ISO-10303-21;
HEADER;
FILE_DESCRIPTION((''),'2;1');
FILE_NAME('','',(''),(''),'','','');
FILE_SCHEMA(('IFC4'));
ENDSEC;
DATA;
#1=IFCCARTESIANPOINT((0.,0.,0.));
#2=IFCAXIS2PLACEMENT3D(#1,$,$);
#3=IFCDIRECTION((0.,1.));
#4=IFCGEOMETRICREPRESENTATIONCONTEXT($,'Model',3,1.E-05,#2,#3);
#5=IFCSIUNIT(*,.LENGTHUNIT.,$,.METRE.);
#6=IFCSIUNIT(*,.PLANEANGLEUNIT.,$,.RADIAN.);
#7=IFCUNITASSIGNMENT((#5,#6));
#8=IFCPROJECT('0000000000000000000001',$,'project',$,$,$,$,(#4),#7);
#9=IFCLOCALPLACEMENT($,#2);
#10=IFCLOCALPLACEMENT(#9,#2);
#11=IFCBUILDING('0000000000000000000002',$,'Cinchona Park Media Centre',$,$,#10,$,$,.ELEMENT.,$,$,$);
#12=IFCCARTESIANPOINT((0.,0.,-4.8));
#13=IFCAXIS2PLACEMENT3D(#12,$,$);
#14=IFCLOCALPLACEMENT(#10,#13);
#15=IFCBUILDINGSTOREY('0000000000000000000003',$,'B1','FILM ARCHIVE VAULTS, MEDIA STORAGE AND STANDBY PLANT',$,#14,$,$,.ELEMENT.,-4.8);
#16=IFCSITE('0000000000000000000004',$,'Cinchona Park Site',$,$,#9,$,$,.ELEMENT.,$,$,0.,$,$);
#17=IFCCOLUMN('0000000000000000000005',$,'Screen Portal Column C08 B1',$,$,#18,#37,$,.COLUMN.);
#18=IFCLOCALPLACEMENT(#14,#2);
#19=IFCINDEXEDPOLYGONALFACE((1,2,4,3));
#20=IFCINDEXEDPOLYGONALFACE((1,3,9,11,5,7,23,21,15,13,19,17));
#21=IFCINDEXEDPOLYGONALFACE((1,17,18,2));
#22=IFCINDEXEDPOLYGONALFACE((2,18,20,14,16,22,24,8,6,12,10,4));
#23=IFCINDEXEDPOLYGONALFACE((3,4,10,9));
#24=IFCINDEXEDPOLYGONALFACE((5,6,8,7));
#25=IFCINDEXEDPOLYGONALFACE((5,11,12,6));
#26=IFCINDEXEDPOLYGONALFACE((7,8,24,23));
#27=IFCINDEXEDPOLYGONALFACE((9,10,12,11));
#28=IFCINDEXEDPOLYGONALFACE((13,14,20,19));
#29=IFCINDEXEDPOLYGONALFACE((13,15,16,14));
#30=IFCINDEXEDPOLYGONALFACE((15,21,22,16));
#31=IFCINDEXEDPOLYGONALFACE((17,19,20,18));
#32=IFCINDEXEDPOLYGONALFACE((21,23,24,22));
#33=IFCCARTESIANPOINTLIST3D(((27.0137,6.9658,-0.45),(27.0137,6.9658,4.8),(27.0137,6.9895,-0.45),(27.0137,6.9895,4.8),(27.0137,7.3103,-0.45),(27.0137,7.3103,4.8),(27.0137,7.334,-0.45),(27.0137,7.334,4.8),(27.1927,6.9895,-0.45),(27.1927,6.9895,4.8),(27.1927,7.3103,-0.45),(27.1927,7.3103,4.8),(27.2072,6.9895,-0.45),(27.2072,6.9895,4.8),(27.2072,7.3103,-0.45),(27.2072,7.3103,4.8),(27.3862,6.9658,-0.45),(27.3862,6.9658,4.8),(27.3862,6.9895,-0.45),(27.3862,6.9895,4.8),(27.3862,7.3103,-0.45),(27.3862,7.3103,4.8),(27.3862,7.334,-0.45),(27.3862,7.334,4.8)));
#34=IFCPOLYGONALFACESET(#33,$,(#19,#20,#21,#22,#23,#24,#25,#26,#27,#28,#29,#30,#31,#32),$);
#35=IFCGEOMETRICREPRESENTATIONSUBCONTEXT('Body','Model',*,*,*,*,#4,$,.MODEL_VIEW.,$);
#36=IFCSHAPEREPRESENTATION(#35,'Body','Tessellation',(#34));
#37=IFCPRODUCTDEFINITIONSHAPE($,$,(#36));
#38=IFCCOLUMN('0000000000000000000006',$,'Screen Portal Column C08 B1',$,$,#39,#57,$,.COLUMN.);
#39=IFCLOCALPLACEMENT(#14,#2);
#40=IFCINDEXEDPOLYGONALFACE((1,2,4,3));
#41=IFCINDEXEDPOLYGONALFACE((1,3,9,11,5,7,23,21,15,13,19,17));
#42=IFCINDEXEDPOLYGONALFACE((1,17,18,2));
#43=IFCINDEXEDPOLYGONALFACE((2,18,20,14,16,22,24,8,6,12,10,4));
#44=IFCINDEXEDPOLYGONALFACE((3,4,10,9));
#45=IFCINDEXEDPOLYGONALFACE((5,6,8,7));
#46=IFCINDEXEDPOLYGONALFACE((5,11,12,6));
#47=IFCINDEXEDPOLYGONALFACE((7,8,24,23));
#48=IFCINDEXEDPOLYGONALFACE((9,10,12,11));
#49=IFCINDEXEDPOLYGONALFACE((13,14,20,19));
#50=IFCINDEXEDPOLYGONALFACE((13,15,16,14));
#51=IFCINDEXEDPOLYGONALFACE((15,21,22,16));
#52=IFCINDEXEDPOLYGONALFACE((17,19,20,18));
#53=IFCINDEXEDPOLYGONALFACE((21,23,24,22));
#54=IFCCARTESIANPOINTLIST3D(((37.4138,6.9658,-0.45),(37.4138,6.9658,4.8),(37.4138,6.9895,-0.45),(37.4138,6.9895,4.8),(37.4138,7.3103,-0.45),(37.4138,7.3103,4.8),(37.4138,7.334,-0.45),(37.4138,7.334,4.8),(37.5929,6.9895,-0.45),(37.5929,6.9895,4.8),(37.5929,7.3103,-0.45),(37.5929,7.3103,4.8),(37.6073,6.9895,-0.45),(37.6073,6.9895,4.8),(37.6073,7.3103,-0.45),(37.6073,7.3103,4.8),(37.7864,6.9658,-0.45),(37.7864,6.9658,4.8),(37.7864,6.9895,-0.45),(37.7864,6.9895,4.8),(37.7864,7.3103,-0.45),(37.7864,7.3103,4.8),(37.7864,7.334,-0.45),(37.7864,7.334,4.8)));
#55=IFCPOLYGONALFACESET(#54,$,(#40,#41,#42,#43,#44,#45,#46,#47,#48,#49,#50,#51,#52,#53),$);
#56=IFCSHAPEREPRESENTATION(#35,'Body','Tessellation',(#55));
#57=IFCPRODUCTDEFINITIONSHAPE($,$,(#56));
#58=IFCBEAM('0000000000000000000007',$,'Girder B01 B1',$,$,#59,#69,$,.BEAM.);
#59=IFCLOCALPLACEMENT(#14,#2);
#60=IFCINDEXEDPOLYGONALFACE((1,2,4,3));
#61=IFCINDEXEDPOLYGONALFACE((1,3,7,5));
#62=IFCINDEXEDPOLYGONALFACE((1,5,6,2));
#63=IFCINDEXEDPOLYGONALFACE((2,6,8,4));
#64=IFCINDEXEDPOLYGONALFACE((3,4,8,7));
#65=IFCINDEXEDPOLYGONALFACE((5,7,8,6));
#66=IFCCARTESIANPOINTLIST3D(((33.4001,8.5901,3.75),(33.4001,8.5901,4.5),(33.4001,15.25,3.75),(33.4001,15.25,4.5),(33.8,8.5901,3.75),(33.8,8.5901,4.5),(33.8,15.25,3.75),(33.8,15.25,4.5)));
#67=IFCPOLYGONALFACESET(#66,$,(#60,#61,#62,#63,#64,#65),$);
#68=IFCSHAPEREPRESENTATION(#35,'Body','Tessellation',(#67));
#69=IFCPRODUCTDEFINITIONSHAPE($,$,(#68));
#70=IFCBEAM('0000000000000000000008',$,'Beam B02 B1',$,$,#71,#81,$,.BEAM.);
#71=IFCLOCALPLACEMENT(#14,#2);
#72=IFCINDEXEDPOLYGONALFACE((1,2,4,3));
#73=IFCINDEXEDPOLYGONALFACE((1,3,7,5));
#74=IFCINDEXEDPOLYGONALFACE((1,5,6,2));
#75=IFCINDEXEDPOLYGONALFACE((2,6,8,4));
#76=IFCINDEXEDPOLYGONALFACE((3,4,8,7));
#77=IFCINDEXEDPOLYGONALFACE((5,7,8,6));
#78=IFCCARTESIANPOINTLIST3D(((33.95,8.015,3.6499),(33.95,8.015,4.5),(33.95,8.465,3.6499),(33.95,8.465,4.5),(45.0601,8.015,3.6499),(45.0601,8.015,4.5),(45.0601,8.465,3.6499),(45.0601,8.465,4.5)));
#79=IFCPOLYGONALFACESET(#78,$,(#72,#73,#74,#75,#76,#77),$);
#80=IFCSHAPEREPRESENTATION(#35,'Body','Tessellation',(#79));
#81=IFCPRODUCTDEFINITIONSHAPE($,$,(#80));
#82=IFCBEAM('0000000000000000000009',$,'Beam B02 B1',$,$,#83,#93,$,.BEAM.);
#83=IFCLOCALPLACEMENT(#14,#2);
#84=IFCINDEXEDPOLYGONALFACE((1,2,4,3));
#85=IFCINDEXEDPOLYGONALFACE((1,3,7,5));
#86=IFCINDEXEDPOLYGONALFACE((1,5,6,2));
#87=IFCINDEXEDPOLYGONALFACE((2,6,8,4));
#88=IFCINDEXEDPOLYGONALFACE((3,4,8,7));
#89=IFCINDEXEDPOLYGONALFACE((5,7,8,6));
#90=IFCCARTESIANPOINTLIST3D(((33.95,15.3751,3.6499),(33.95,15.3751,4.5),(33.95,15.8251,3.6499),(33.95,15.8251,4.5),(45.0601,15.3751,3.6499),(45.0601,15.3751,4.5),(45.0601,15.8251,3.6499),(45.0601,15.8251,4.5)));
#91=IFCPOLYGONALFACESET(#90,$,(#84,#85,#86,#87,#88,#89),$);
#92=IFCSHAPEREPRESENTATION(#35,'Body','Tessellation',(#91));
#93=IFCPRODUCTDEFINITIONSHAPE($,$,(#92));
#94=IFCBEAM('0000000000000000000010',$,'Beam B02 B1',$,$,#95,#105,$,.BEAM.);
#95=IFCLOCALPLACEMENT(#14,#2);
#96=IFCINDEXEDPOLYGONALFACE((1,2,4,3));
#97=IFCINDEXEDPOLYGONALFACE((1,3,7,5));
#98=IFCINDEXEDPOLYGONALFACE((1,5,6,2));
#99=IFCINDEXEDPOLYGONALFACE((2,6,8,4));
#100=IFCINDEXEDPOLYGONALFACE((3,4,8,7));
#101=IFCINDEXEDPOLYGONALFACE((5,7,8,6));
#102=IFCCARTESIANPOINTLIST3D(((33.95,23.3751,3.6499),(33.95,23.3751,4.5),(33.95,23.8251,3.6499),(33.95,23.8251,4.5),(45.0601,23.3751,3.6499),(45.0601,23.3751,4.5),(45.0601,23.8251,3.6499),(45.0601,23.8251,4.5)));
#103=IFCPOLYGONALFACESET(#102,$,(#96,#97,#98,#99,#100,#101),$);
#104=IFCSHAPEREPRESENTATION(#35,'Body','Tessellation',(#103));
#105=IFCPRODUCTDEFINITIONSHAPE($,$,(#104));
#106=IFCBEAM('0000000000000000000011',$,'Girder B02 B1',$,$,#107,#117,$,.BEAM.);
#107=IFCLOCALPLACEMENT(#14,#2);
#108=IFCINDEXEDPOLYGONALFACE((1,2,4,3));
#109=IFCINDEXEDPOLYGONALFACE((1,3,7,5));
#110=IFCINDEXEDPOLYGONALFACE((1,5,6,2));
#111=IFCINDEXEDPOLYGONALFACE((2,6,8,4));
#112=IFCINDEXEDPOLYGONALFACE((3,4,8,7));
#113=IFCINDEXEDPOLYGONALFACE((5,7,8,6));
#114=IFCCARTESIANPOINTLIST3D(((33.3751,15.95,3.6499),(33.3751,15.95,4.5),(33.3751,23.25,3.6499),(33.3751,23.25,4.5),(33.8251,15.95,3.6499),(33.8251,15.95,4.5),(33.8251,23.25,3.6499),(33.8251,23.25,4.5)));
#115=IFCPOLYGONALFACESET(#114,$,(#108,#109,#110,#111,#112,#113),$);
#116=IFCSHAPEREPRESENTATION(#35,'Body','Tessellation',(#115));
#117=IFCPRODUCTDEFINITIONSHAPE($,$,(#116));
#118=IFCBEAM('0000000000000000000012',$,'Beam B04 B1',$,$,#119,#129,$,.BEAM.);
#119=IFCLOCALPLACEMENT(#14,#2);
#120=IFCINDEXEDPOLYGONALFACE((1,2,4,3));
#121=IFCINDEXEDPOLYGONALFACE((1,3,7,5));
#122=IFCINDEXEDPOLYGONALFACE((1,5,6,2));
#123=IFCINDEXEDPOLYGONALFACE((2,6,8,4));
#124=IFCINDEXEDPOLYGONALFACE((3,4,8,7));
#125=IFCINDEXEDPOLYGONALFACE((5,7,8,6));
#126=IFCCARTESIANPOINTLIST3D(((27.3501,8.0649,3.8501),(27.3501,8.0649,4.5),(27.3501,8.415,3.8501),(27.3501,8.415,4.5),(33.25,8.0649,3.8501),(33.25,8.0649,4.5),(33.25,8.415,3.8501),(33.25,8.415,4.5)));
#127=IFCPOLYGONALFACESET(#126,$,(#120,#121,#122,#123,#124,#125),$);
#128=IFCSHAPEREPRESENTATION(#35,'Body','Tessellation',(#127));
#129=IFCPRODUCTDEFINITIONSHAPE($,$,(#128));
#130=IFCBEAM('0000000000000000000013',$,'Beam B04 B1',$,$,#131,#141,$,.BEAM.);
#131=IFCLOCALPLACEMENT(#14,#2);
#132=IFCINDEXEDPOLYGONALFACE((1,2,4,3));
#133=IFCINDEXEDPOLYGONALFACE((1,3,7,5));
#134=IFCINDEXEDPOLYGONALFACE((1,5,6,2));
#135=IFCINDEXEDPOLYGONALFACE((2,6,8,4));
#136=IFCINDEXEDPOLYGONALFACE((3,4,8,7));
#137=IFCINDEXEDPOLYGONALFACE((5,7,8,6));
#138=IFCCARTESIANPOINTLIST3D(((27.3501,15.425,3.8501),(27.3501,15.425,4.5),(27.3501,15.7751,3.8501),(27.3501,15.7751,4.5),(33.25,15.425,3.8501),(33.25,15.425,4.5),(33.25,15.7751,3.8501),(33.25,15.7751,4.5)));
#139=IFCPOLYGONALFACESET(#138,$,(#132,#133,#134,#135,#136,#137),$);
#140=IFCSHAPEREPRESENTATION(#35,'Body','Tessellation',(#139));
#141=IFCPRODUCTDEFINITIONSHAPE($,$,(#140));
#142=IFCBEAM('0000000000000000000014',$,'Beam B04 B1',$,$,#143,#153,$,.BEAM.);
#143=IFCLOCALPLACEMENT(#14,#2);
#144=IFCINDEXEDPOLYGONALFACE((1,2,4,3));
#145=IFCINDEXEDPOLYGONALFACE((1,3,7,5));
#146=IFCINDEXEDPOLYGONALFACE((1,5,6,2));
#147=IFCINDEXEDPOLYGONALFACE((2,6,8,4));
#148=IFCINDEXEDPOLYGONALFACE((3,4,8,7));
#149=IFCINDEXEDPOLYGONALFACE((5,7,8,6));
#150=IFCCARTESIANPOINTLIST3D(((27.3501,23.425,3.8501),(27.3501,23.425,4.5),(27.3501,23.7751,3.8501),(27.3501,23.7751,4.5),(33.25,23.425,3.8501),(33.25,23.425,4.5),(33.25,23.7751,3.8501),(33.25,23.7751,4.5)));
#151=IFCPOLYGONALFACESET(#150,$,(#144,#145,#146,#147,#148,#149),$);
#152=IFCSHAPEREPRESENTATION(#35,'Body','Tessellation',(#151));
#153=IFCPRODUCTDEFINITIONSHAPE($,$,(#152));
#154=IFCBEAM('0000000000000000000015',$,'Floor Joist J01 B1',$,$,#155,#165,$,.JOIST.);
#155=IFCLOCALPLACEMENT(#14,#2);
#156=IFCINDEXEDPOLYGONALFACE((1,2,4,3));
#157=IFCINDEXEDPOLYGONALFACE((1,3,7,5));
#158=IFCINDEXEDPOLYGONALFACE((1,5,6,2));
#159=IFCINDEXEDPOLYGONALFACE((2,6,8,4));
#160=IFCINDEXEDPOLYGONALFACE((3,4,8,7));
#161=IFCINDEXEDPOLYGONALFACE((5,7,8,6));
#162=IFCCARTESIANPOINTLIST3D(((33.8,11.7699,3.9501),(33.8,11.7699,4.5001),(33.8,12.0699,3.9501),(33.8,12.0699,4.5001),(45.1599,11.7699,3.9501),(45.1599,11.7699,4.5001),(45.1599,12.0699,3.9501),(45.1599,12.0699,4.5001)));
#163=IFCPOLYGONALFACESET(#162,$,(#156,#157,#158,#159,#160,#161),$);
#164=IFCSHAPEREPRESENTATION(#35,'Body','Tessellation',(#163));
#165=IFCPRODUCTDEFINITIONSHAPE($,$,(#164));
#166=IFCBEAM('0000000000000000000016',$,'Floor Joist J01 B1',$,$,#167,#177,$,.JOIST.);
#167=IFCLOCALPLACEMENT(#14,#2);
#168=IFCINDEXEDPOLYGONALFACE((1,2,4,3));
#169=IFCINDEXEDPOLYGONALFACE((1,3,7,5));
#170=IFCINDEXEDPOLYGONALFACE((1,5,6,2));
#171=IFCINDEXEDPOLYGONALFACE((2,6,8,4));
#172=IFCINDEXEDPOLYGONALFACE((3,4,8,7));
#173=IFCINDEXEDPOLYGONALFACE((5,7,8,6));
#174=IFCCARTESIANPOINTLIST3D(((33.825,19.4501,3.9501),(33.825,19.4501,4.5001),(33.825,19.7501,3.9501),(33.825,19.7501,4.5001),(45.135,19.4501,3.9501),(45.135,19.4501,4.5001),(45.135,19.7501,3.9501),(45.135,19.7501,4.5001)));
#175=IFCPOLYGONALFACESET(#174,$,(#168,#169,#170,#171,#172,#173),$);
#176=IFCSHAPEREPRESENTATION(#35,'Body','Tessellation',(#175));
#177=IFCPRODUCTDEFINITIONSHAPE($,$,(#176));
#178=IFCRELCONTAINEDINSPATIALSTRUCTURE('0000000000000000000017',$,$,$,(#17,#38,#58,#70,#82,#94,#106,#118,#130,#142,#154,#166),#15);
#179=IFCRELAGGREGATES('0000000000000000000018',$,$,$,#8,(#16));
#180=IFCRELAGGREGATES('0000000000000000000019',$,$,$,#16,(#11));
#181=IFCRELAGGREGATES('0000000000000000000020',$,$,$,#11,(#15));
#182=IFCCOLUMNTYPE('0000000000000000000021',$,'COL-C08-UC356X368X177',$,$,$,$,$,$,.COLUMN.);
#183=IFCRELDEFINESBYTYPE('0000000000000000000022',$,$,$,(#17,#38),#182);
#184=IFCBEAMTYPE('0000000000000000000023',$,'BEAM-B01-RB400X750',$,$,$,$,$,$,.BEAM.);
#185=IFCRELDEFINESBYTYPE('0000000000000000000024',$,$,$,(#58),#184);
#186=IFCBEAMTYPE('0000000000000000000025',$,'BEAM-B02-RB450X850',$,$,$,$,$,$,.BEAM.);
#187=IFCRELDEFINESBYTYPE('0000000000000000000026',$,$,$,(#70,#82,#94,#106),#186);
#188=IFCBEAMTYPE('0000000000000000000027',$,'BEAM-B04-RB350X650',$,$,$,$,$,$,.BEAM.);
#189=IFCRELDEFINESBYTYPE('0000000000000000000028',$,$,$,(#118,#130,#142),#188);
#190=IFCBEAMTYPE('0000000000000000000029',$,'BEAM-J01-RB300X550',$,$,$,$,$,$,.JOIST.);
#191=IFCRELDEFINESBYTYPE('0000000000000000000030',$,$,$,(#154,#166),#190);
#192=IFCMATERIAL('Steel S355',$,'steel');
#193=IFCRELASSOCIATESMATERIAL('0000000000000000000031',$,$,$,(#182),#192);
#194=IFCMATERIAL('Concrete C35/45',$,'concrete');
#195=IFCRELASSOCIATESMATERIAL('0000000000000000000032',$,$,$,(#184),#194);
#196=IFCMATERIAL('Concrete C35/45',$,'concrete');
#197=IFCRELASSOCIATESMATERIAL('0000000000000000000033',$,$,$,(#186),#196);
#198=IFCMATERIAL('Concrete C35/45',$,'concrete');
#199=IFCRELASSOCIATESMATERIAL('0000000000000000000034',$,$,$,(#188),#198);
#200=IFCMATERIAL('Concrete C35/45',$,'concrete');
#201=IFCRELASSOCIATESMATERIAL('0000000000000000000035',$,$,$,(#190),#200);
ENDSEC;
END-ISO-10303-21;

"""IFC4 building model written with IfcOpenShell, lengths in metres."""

from ifc_helpers import new_model, si_unit, direction, frame, origin, origin_2d, place, context, subcontext, project, spatial, rectangle, i_section, extrude, material, material_profile, profile_set, type_object, element, save


model = new_model("IFC4")

# Units and contexts
model_context = context("Model", 3, precision=1e-05, world=origin(), true_north=direction((0.0, 1.0)))
body_context = subcontext(model_context, "Body", "Model", "MODEL_VIEW")
ifc_project = project(units=[si_unit("LENGTHUNIT", "METRE"), si_unit("PLANEANGLEUNIT", "RADIAN")], contexts=[model_context])

# Site, building, storey
site_placement = place(None, origin())
site = spatial("IfcSite", under=ifc_project, at=site_placement, Name="Cinchona Park Site", CompositionType="ELEMENT", RefElevation=0.0)
building_placement = place(site_placement, origin())
building = spatial("IfcBuilding", under=site, at=building_placement, Name="Cinchona Park Media Centre", CompositionType="ELEMENT")
storey_placement = place(building_placement, frame((0.0, 0.0, -4.8)))
storey = spatial("IfcBuildingStorey", under=building, at=storey_placement, Name="B1", Description="FILM ARCHIVE VAULTS, MEDIA STORAGE AND STANDBY PLANT", CompositionType="ELEMENT", Elevation=-4.8)

# Columns
ifc_material_1 = material(Name="Steel S355", Category="steel")
ifc_material_profile_1 = material_profile(ifc_material_1, i_section(OverallWidth=0.3726, OverallDepth=0.3682, WebThickness=0.0144, FlangeThickness=0.0237, at=origin_2d()), Name="UC356X368X177")
ifc_profile_set_1 = profile_set([ifc_material_profile_1], Name="Steel S355")
column_type_1 = type_object("IfcColumnType", Name="COL-C08-UC356X368X177", PredefinedType="COLUMN", material=ifc_profile_set_1)
for number, where, z_axis, x_axis, name in (
    (1, (27.2, 7.1499, -0.45), (0.0, 0.0, 1.0), (1.0, 0.0, 0.0), "Screen Portal Column C08 B1"),
    (2, (37.6001, 7.1499, -0.45), (0.0, 0.0, 1.0), (1.0, 0.0, 0.0), "Screen Portal Column C08 B1"),
):
    element("IfcColumn", number, at=place(storey_placement, frame(where, z_axis=z_axis, x_axis=x_axis)), inside=storey, type_object=column_type_1, Name=name, PredefinedType="COLUMN", context=body_context, shape_type="SweptSolid", body=[
        extrude(i_section(OverallWidth=0.3726, OverallDepth=0.3682, WebThickness=0.0144, FlangeThickness=0.0237, at=origin_2d()), origin(), (0.0, 0.0, 1.0), 5.25),
    ])

# Beams
ifc_material_2 = material(Name="Concrete C35/45", Category="concrete")
ifc_material_profile_2 = material_profile(ifc_material_2, rectangle(XDim=0.3999, YDim=0.75, at=origin_2d()), Name="RB 400X750")
ifc_profile_set_2 = profile_set([ifc_material_profile_2], Name="Concrete C35/45")
beam_type_1 = type_object("IfcBeamType", Name="BEAM-B01-RB400X750", PredefinedType="BEAM", material=ifc_profile_set_2)
beam_1_placement = place(storey_placement, frame((33.6001, 8.5901, 4.125), z_axis=(0.0, 1.0, 0.0), x_axis=(-1.0, 0.0, 0.0)))
element("IfcBeam", 3, at=beam_1_placement, inside=storey, type_object=beam_type_1, Name="Girder B01 B1", PredefinedType="BEAM", context=body_context, shape_type="SweptSolid", body=[
    extrude(rectangle(XDim=0.3999, YDim=0.75, at=origin_2d()), origin(), (0.0, 0.0, 1.0), 6.6599),
])
ifc_material_3 = material(Name="Concrete C35/45", Category="concrete")
ifc_material_profile_3 = material_profile(ifc_material_3, rectangle(XDim=0.45, YDim=0.8501, at=origin_2d()), Name="RB 450X850")
ifc_profile_set_3 = profile_set([ifc_material_profile_3], Name="Concrete C35/45")
beam_type_2 = type_object("IfcBeamType", Name="BEAM-B02-RB450X850", PredefinedType="BEAM", material=ifc_profile_set_3)
for number, where, z_axis, x_axis, name in (
    (4, (33.95, 8.24, 4.075), (1.0, 0.0, 0.0), (0.0, 1.0, 0.0), "Beam B02 B1"),
    (5, (33.95, 15.6001, 4.075), (1.0, 0.0, 0.0), (0.0, 1.0, 0.0), "Beam B02 B1"),
    (6, (33.95, 23.6001, 4.075), (1.0, 0.0, 0.0), (0.0, 1.0, 0.0), "Beam B02 B1"),
):
    element("IfcBeam", number, at=place(storey_placement, frame(where, z_axis=z_axis, x_axis=x_axis)), inside=storey, type_object=beam_type_2, Name=name, PredefinedType="BEAM", context=body_context, shape_type="SweptSolid", body=[
        extrude(rectangle(XDim=0.45, YDim=0.8501, at=origin_2d()), origin(), (0.0, 0.0, 1.0), 11.1101),
    ])
beam_2_placement = place(storey_placement, frame((33.6001, 15.95, 4.075), z_axis=(0.0, 1.0, 0.0), x_axis=(-1.0, 0.0, 0.0)))
element("IfcBeam", 7, at=beam_2_placement, inside=storey, type_object=beam_type_2, Name="Girder B02 B1", PredefinedType="BEAM", context=body_context, shape_type="SweptSolid", body=[
    extrude(rectangle(XDim=0.45, YDim=0.8501, at=origin_2d()), origin(), (0.0, 0.0, 1.0), 7.3),
])
ifc_material_4 = material(Name="Concrete C35/45", Category="concrete")
ifc_material_profile_4 = material_profile(ifc_material_4, rectangle(XDim=0.3501, YDim=0.6499, at=origin_2d()), Name="RB 350X650")
ifc_profile_set_4 = profile_set([ifc_material_profile_4], Name="Concrete C35/45")
beam_type_3 = type_object("IfcBeamType", Name="BEAM-B04-RB350X650", PredefinedType="BEAM", material=ifc_profile_set_4)
for number, where, z_axis, x_axis, name in (
    (8, (27.3501, 8.24, 4.175), (1.0, 0.0, 0.0), (0.0, 1.0, 0.0), "Beam B04 B1"),
    (9, (27.3501, 15.6001, 4.175), (1.0, 0.0, 0.0), (0.0, 1.0, 0.0), "Beam B04 B1"),
    (10, (27.3501, 23.6001, 4.175), (1.0, 0.0, 0.0), (0.0, 1.0, 0.0), "Beam B04 B1"),
):
    element("IfcBeam", number, at=place(storey_placement, frame(where, z_axis=z_axis, x_axis=x_axis)), inside=storey, type_object=beam_type_3, Name=name, PredefinedType="BEAM", context=body_context, shape_type="SweptSolid", body=[
        extrude(rectangle(XDim=0.3501, YDim=0.6499, at=origin_2d()), origin(), (0.0, 0.0, 1.0), 5.8999),
    ])
ifc_material_5 = material(Name="Concrete C35/45", Category="concrete")
ifc_material_profile_5 = material_profile(ifc_material_5, rectangle(XDim=0.3, YDim=0.55, at=origin_2d()), Name="RB 300X550")
ifc_profile_set_5 = profile_set([ifc_material_profile_5], Name="Concrete C35/45")
beam_type_4 = type_object("IfcBeamType", Name="BEAM-J01-RB300X550", PredefinedType="JOIST", material=ifc_profile_set_5)
beam_3_placement = place(storey_placement, frame((33.8, 11.9199, 4.2251), z_axis=(1.0, 0.0, 0.0), x_axis=(0.0, 1.0, 0.0)))
element("IfcBeam", 11, at=beam_3_placement, inside=storey, type_object=beam_type_4, Name="Floor Joist J01 B1", PredefinedType="JOIST", context=body_context, shape_type="SweptSolid", body=[
    extrude(rectangle(XDim=0.3, YDim=0.55, at=origin_2d()), origin(), (0.0, 0.0, 1.0), 11.3599),
])
beam_4_placement = place(storey_placement, frame((33.825, 19.6001, 4.2251), z_axis=(1.0, 0.0, 0.0), x_axis=(0.0, 1.0, 0.0)))
element("IfcBeam", 12, at=beam_4_placement, inside=storey, type_object=beam_type_4, Name="Floor Joist J01 B1", PredefinedType="JOIST", context=body_context, shape_type="SweptSolid", body=[
    extrude(rectangle(XDim=0.3, YDim=0.55, at=origin_2d()), origin(), (0.0, 0.0, 1.0), 11.3101),
])

save(model, "model.ifc")
